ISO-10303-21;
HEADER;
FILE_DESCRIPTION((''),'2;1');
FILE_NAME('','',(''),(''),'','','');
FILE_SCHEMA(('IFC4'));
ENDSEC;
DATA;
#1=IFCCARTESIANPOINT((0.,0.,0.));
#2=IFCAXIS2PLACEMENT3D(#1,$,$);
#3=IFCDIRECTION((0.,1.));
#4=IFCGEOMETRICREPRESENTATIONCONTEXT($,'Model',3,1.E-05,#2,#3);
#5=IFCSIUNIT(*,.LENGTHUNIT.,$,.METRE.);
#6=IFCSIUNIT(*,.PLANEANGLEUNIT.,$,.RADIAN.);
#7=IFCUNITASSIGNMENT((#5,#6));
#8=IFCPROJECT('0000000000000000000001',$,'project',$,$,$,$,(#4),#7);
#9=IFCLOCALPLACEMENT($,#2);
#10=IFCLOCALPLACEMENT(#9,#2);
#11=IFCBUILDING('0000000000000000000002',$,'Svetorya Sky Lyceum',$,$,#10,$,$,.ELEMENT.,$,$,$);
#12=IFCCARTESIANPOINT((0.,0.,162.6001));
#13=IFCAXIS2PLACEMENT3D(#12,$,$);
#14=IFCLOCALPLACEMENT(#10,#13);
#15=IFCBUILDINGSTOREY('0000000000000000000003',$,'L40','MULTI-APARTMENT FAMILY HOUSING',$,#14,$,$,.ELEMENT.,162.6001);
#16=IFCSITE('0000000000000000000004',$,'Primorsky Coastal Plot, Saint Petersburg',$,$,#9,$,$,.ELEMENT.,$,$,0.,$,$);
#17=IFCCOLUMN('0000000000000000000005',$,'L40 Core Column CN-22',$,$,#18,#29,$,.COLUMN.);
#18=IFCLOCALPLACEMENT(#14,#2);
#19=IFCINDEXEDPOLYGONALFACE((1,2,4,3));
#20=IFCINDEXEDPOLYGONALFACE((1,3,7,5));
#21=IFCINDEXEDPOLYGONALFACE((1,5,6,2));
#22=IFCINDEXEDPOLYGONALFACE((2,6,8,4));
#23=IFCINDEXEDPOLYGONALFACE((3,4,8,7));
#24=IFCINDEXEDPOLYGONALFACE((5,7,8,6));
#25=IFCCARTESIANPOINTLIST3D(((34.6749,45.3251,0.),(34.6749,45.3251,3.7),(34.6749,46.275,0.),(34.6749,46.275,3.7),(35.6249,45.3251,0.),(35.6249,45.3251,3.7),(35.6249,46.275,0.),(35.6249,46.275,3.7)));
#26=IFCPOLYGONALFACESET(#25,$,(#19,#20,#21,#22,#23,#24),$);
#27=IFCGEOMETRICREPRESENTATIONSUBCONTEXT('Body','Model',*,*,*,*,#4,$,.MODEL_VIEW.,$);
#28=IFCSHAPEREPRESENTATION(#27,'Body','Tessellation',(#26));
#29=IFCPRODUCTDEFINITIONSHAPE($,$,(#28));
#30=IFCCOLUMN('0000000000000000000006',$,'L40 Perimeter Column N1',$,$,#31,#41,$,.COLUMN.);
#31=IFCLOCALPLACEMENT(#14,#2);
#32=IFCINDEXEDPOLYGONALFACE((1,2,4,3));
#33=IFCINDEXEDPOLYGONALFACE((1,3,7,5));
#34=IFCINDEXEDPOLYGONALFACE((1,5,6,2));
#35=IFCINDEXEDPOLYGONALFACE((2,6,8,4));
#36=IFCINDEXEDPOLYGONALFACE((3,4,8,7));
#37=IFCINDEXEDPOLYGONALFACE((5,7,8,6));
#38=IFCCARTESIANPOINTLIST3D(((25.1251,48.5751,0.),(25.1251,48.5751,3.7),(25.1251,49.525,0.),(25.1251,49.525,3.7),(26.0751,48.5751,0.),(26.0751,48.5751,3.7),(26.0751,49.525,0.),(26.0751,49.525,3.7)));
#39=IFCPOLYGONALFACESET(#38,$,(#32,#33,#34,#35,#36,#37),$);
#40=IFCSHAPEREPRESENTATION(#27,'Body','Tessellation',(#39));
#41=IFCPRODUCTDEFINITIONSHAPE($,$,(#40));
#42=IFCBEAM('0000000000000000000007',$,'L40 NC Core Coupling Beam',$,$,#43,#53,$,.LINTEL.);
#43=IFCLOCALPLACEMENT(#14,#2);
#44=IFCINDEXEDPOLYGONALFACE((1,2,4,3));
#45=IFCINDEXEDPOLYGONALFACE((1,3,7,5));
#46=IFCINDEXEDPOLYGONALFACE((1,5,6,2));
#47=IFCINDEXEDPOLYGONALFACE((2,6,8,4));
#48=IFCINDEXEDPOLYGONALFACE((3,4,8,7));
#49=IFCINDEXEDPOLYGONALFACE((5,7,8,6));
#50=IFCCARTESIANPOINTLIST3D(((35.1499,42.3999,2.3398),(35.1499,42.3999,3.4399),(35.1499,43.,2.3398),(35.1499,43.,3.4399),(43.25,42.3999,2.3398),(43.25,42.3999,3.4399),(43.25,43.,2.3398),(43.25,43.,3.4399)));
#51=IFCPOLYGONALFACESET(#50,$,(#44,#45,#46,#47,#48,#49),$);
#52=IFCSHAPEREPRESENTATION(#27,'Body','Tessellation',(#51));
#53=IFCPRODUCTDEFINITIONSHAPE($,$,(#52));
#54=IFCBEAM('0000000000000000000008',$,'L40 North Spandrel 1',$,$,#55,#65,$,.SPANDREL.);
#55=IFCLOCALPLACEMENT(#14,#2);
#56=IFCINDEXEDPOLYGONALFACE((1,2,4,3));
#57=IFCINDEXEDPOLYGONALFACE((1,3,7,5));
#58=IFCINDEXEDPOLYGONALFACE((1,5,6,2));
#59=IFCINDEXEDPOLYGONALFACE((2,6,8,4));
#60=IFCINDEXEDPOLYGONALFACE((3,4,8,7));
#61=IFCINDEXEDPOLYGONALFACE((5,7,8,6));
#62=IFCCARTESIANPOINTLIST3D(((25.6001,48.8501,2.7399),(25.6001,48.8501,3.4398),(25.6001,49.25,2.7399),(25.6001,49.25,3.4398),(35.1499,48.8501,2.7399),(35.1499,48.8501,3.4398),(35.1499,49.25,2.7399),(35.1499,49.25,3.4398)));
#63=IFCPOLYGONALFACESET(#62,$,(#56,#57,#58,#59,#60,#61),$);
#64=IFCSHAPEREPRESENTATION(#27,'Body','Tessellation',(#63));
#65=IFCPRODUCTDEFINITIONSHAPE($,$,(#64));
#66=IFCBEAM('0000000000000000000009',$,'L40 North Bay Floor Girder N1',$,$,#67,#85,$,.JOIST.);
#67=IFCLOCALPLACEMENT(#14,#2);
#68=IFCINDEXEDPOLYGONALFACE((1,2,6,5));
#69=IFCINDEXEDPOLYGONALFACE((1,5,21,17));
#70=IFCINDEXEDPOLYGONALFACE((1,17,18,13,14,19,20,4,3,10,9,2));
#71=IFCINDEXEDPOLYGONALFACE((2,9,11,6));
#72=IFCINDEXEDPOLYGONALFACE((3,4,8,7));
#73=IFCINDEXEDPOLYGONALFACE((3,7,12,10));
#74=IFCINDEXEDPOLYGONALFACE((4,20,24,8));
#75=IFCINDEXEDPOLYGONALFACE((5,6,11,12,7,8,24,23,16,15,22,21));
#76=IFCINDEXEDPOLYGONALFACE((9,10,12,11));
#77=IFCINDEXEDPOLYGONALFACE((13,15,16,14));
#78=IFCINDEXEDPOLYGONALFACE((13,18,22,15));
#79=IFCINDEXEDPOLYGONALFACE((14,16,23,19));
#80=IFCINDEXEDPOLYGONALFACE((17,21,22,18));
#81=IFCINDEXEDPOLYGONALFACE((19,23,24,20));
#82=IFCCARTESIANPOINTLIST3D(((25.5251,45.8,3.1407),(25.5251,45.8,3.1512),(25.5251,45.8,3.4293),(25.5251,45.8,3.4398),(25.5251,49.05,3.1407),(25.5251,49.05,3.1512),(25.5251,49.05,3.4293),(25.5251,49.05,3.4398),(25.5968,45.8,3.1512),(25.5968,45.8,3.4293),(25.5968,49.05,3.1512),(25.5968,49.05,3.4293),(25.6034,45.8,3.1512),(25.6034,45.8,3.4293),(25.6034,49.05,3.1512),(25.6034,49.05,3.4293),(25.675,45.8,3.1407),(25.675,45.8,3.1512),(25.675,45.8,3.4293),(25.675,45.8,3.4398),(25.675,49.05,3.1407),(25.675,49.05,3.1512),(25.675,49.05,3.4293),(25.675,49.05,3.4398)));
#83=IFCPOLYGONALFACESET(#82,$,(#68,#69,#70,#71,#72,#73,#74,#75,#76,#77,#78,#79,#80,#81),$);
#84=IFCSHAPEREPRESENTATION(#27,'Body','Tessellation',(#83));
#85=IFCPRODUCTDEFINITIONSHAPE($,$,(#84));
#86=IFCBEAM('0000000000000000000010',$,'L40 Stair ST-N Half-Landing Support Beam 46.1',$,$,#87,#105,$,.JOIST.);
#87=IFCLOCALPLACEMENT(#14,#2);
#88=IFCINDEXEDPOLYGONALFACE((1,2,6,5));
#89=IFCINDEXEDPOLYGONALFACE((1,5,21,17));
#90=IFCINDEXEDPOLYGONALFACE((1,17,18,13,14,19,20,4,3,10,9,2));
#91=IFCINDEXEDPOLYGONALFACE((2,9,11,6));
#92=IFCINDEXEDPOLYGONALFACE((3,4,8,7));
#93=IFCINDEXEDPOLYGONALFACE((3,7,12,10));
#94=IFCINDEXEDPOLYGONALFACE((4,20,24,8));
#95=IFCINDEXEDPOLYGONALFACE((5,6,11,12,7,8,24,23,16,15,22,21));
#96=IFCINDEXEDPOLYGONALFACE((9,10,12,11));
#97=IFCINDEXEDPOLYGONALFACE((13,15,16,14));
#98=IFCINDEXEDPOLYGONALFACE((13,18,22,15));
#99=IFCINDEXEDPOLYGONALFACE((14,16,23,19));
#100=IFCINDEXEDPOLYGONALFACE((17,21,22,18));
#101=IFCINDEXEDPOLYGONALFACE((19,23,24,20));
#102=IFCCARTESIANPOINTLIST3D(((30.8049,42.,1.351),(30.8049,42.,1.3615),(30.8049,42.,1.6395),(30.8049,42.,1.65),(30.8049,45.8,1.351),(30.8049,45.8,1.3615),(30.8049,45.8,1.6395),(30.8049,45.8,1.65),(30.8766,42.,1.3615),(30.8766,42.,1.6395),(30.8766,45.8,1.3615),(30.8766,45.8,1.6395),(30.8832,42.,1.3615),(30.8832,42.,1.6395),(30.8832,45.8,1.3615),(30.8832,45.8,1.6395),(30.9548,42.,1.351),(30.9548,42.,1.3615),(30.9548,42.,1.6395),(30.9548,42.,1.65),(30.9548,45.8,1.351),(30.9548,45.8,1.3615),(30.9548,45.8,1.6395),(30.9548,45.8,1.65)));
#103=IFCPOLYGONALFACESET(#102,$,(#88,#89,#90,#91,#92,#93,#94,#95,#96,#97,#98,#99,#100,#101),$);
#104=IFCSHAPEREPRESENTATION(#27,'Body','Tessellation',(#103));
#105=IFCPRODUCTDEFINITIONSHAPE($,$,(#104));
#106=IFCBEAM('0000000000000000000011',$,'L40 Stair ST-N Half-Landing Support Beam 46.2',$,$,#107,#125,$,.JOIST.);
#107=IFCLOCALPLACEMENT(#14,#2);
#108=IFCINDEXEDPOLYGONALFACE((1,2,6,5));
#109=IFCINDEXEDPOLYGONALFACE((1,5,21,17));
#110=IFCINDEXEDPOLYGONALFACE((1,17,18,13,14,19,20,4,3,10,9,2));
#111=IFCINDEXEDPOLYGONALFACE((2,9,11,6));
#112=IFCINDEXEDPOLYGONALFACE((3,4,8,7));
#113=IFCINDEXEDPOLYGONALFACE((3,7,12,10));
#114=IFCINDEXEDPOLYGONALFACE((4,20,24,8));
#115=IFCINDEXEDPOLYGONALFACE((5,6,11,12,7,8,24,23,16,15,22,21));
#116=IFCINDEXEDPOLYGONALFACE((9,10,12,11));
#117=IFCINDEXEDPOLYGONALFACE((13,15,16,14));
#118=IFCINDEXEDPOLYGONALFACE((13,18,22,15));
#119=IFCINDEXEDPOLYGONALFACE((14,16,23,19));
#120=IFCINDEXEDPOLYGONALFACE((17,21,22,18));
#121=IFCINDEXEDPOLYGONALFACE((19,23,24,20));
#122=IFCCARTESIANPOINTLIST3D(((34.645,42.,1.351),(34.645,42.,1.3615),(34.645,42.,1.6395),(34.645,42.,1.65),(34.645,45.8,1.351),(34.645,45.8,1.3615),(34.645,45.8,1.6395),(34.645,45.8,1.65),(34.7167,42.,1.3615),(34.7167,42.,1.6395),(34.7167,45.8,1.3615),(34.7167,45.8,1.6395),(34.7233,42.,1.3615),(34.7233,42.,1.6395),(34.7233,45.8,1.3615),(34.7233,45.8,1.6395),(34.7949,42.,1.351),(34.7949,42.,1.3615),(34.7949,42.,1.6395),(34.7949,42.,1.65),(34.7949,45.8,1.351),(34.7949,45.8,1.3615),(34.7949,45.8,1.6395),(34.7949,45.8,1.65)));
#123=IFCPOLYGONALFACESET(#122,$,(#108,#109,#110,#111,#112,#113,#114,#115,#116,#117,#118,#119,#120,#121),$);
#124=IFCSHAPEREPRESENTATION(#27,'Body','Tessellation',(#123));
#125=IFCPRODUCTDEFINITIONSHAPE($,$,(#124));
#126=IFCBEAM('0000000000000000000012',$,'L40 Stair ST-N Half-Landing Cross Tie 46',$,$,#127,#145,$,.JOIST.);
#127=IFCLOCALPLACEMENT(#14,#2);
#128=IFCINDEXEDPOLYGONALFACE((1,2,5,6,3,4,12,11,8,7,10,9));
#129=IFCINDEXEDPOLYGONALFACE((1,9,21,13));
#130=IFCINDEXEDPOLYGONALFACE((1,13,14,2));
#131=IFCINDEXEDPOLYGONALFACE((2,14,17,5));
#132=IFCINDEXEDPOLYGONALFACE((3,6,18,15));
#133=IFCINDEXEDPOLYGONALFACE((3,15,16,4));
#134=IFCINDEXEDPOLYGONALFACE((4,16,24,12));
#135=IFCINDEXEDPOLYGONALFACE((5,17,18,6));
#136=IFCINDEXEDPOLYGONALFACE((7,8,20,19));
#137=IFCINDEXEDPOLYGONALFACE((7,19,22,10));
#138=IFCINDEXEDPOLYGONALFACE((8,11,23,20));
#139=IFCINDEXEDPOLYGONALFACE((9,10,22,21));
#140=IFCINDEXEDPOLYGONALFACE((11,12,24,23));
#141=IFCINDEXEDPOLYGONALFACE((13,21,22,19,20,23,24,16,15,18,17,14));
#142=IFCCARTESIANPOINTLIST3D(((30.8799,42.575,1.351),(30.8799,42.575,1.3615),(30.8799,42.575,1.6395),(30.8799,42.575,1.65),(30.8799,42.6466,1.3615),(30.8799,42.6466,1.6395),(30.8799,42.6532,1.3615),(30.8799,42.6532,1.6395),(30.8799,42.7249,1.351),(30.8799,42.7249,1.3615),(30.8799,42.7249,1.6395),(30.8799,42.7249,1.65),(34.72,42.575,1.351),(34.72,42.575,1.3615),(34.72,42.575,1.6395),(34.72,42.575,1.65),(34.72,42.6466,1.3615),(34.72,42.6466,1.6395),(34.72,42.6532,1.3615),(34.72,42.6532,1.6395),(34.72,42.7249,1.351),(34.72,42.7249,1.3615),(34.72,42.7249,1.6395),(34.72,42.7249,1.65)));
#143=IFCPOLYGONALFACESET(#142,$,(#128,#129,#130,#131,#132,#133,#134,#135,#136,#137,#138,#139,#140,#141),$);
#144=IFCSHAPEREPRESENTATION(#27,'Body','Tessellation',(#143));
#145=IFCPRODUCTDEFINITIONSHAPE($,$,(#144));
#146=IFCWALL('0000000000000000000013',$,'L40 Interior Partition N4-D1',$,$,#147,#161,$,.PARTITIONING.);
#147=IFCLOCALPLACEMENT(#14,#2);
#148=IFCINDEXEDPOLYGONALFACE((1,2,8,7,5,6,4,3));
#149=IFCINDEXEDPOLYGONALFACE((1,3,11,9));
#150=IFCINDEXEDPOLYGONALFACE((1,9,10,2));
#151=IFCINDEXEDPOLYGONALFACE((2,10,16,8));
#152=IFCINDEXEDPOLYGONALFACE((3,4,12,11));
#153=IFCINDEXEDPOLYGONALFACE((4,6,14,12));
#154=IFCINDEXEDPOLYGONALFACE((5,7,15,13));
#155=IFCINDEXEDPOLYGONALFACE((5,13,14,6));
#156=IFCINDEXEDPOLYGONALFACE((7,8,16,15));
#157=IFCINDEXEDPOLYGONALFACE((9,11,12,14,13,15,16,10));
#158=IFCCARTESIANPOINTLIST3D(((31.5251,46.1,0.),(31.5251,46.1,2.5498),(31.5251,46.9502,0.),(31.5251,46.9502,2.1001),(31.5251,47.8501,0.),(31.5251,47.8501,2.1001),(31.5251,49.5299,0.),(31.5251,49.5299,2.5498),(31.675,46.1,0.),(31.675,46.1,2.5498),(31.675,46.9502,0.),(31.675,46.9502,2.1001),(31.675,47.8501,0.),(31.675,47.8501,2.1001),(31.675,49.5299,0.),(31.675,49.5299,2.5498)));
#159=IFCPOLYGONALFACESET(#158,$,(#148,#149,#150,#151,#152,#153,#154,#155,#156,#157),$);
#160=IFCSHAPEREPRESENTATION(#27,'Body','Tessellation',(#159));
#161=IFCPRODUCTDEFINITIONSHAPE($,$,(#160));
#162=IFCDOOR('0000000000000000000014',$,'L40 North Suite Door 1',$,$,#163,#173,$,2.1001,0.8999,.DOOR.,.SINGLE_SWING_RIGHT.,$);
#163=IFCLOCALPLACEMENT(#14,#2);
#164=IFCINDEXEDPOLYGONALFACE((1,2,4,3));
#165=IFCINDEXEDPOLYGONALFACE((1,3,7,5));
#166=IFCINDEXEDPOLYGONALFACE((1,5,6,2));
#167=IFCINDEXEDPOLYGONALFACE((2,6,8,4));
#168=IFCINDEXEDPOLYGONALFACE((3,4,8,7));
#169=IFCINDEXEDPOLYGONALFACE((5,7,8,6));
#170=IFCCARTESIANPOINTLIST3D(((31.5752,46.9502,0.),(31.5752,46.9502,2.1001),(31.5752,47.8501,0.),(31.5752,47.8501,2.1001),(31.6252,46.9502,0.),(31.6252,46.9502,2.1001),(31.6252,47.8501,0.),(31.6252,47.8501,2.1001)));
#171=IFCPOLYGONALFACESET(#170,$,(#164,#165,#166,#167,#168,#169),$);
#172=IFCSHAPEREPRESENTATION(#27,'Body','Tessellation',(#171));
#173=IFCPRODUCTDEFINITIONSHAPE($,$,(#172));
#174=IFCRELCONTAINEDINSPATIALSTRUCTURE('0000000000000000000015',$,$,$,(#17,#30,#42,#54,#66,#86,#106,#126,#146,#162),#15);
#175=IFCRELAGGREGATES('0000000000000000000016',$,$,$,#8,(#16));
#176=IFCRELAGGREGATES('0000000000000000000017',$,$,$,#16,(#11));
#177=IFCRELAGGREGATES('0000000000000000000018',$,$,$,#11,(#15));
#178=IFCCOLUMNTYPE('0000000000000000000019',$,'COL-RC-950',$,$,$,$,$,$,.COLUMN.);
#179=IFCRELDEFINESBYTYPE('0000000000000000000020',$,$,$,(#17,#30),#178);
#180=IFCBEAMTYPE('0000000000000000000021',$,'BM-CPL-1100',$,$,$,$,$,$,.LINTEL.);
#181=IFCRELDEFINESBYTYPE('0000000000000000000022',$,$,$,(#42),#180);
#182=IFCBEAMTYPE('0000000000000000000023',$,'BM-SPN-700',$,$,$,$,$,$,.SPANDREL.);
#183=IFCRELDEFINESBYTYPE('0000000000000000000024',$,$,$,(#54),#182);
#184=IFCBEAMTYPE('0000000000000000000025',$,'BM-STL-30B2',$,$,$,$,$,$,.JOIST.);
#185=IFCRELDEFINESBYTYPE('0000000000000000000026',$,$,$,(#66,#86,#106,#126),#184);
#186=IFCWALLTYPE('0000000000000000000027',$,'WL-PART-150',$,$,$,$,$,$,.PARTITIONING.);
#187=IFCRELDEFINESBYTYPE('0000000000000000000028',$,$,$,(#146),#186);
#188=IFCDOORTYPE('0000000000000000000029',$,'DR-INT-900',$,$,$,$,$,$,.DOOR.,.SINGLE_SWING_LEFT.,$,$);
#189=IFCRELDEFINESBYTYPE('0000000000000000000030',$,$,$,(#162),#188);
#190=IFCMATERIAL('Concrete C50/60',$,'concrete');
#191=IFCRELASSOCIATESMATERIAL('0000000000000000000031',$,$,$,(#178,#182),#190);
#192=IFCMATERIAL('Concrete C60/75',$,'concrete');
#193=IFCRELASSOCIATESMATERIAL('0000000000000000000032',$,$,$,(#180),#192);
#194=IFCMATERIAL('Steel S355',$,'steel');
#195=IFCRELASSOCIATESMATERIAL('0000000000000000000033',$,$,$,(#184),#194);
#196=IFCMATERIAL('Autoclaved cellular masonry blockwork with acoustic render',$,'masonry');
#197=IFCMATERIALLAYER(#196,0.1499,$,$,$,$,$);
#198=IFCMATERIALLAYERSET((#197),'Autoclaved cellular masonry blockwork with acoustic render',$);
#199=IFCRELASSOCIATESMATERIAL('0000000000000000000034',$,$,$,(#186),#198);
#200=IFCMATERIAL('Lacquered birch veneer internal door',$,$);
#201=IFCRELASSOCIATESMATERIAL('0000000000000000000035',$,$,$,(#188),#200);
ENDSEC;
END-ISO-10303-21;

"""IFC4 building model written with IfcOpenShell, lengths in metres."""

from ifc_helpers import new_model, si_unit, direction, frame, frame_2d, origin, origin_2d, place, context, subcontext, project, spatial, rectangle, i_section, extrude, material, layer, layer_set, material_profile, profile_set, type_object, element, fill, save


model = new_model("IFC4")

# Units and contexts
model_context = context("Model", 3, precision=1e-05, world=origin(), true_north=direction((0.0, 1.0)))
body_context = subcontext(model_context, "Body", "Model", "MODEL_VIEW")
ifc_project = project(units=[si_unit("LENGTHUNIT", "METRE"), si_unit("PLANEANGLEUNIT", "RADIAN")], contexts=[model_context])

# Site, building, storey
site_placement = place(None, origin())
site = spatial("IfcSite", under=ifc_project, at=site_placement, Name="Primorsky Coastal Plot, Saint Petersburg", CompositionType="ELEMENT", RefElevation=0.0)
building_placement = place(site_placement, origin())
building = spatial("IfcBuilding", under=site, at=building_placement, Name="Svetorya Sky Lyceum", CompositionType="ELEMENT")
storey_placement = place(building_placement, frame((0.0, 0.0, 162.6001)))
storey = spatial("IfcBuildingStorey", under=building, at=storey_placement, Name="L40", Description="MULTI-APARTMENT FAMILY HOUSING", CompositionType="ELEMENT", Elevation=162.6001)

# Columns
ifc_material_1 = material(Name="Concrete C50/60", Category="concrete")
ifc_material_profile_1 = material_profile(ifc_material_1, rectangle(XDim=0.95, YDim=0.95, at=origin_2d()), Name="RC COL 950x950")
ifc_profile_set_1 = profile_set([ifc_material_profile_1], Name="Concrete C50/60")
column_type = type_object("IfcColumnType", Name="COL-RC-950", PredefinedType="COLUMN", material=ifc_profile_set_1)
for number, where, z_axis, x_axis, name in (
    (1, (35.1499, 45.8, 0.0), (0.0, 0.0, 1.0), (1.0, 0.0, 0.0), "L40 Core Column CN-22"),
    (2, (25.6001, 49.05, 0.0), (0.0, 0.0, 1.0), (1.0, 0.0, 0.0), "L40 Perimeter Column N1"),
):
    element("IfcColumn", number, at=place(storey_placement, frame(where, z_axis=z_axis, x_axis=x_axis)), inside=storey, type_object=column_type, Name=name, PredefinedType="COLUMN", context=body_context, shape_type="SweptSolid", body=[
        extrude(rectangle(XDim=0.95, YDim=0.95, at=origin_2d()), origin(), (0.0, 0.0, 1.0), 3.7),
    ])

# Beams
ifc_material_2 = material(Name="Concrete C60/75", Category="concrete")
ifc_material_profile_2 = material_profile(ifc_material_2, rectangle(XDim=0.6001, YDim=1.1001, at=origin_2d()), Name="RC COUPLING 600x1100")
ifc_profile_set_2 = profile_set([ifc_material_profile_2], Name="Concrete C60/75")
beam_type_1 = type_object("IfcBeamType", Name="BM-CPL-1100", PredefinedType="LINTEL", material=ifc_profile_set_2)
beam_1_placement = place(storey_placement, frame((35.1499, 42.7, 2.8899), z_axis=(1.0, 0.0, 0.0), x_axis=(0.0, 1.0, 0.0)))
element("IfcBeam", 3, at=beam_1_placement, inside=storey, type_object=beam_type_1, Name="L40 NC Core Coupling Beam", PredefinedType="LINTEL", context=body_context, shape_type="SweptSolid", body=[
    extrude(rectangle(XDim=0.6001, YDim=1.1001, at=origin_2d()), origin(), (0.0, 0.0, 1.0), 8.1001),
])
ifc_material_profile_3 = material_profile(ifc_material_1, rectangle(XDim=0.3999, YDim=0.7, at=origin_2d()), Name="RC SPANDREL 400x700")
ifc_profile_set_3 = profile_set([ifc_material_profile_3], Name="Concrete C50/60")
beam_type_2 = type_object("IfcBeamType", Name="BM-SPN-700", PredefinedType="SPANDREL", material=ifc_profile_set_3)
beam_2_placement = place(storey_placement, frame((25.6001, 49.05, 3.0898), z_axis=(1.0, 0.0, 0.0), x_axis=(0.0, 1.0, 0.0)))
element("IfcBeam", 4, at=beam_2_placement, inside=storey, type_object=beam_type_2, Name="L40 North Spandrel 1", PredefinedType="SPANDREL", context=body_context, shape_type="SweptSolid", body=[
    extrude(rectangle(XDim=0.3999, YDim=0.7, at=origin_2d()), origin(), (0.0, 0.0, 1.0), 9.5498),
])
ifc_material_3 = material(Name="Steel S355", Category="steel")
ifc_material_profile_4 = material_profile(ifc_material_3, i_section(OverallWidth=0.1499, OverallDepth=0.2991, WebThickness=0.0066, FlangeThickness=0.0105, at=origin_2d()), Name="GOST 30B2")
ifc_profile_set_4 = profile_set([ifc_material_profile_4], Name="Steel S355")
beam_type_3 = type_object("IfcBeamType", Name="BM-STL-30B2", PredefinedType="JOIST", material=ifc_profile_set_4)
beam_3_placement = place(storey_placement, frame((25.6001, 45.8, 3.2903), z_axis=(0.0, 1.0, 0.0), x_axis=(-1.0, 0.0, 0.0)))
element("IfcBeam", 5, at=beam_3_placement, inside=storey, type_object=beam_type_3, Name="L40 North Bay Floor Girder N1", PredefinedType="JOIST", context=body_context, shape_type="SweptSolid", body=[
    extrude(i_section(OverallWidth=0.1499, OverallDepth=0.2991, WebThickness=0.0066, FlangeThickness=0.0105, at=origin_2d()), origin(), (0.0, 0.0, 1.0), 3.25),
])
for number, where, z_axis, x_axis, name in (
    (6, (30.8799, 42.0, 1.5005), (0.0, 1.0, 0.0), (-1.0, 0.0, 0.0), "L40 Stair ST-N Half-Landing Support Beam 46.1"),
    (7, (34.72, 42.0, 1.5005), (0.0, 1.0, 0.0), (-1.0, 0.0, 0.0), "L40 Stair ST-N Half-Landing Support Beam 46.2"),
):
    element("IfcBeam", number, at=place(storey_placement, frame(where, z_axis=z_axis, x_axis=x_axis)), inside=storey, type_object=beam_type_3, Name=name, PredefinedType="JOIST", context=body_context, shape_type="SweptSolid", body=[
        extrude(i_section(OverallWidth=0.1499, OverallDepth=0.2991, WebThickness=0.0066, FlangeThickness=0.0105, at=origin_2d()), origin(), (0.0, 0.0, 1.0), 3.8),
    ])
beam_4_placement = place(storey_placement, frame((30.8799, 42.6499, 1.5005), z_axis=(1.0, 0.0, 0.0), x_axis=(0.0, 1.0, 0.0)))
element("IfcBeam", 8, at=beam_4_placement, inside=storey, type_object=beam_type_3, Name="L40 Stair ST-N Half-Landing Cross Tie 46", PredefinedType="JOIST", context=body_context, shape_type="SweptSolid", body=[
    extrude(i_section(OverallWidth=0.1499, OverallDepth=0.2991, WebThickness=0.0066, FlangeThickness=0.0105, at=origin_2d()), origin(), (0.0, 0.0, 1.0), 3.8401),
])

# Wall, opening, door
ifc_material_4 = material(Name="Autoclaved cellular masonry blockwork with acoustic render", Category="masonry")
ifc_layer = layer(ifc_material_4, 0.1499)
ifc_layer_set = layer_set([ifc_layer], Name="Autoclaved cellular masonry blockwork with acoustic render")
wall_type = type_object("IfcWallType", Name="WL-PART-150", PredefinedType="PARTITIONING", material=ifc_layer_set)
wall_placement = place(storey_placement, frame((31.6001, 46.1001, 0.0), z_axis=(0.0, 0.0, 1.0), x_axis=(0.0, 1.0, 0.0)))
wall = element("IfcWall", 9, at=wall_placement, inside=storey, type_object=wall_type, Name="L40 Interior Partition N4-D1", PredefinedType="PARTITIONING", context=body_context, shape_type="SweptSolid", body=[
    extrude(rectangle(XDim=3.4299, YDim=0.1499, at=frame_2d((1.7148, 0.0))), origin(), (0.0, 0.0, 1.0), 2.5498),
])
opening_placement = place(wall_placement, frame((0.8501, 0.0, 0.0)))
opening = element("IfcOpeningElement", 10, at=opening_placement, cuts=wall, PredefinedType="OPENING", context=body_context, shape_type="SweptSolid", body=[
    extrude(rectangle(XDim=0.8999, YDim=2.1001, at=frame_2d((0.45, 1.05))), frame((0.0, 0.085, 0.0), z_axis=(0.0, -1.0, 0.0), x_axis=(1.0, 0.0, 0.0)), (0.0, 0.0, 1.0), 0.1699),
])
ifc_material_5 = material(Name="Lacquered birch veneer internal door")
door_type = type_object("IfcDoorType", Name="DR-INT-900", OperationType="SINGLE_SWING_LEFT", PredefinedType="DOOR", material=ifc_material_5)
door_placement = place(opening_placement, origin())
door = element("IfcDoor", 11, at=door_placement, inside=storey, type_object=door_type, Name="L40 North Suite Door 1", OperationType="SINGLE_SWING_RIGHT", OverallHeight=2.1001, OverallWidth=0.8999, PredefinedType="DOOR", context=body_context, shape_type="SweptSolid", body=[
    extrude(rectangle(XDim=0.8999, YDim=2.1001, at=frame_2d((0.45, 1.05))), frame((0.0, 0.0249, 0.0), z_axis=(0.0, -1.0, 0.0), x_axis=(1.0, 0.0, 0.0)), (0.0, 0.0, 1.0), 0.05),
])
fill(opening, door)

save(model, "model.ifc")
